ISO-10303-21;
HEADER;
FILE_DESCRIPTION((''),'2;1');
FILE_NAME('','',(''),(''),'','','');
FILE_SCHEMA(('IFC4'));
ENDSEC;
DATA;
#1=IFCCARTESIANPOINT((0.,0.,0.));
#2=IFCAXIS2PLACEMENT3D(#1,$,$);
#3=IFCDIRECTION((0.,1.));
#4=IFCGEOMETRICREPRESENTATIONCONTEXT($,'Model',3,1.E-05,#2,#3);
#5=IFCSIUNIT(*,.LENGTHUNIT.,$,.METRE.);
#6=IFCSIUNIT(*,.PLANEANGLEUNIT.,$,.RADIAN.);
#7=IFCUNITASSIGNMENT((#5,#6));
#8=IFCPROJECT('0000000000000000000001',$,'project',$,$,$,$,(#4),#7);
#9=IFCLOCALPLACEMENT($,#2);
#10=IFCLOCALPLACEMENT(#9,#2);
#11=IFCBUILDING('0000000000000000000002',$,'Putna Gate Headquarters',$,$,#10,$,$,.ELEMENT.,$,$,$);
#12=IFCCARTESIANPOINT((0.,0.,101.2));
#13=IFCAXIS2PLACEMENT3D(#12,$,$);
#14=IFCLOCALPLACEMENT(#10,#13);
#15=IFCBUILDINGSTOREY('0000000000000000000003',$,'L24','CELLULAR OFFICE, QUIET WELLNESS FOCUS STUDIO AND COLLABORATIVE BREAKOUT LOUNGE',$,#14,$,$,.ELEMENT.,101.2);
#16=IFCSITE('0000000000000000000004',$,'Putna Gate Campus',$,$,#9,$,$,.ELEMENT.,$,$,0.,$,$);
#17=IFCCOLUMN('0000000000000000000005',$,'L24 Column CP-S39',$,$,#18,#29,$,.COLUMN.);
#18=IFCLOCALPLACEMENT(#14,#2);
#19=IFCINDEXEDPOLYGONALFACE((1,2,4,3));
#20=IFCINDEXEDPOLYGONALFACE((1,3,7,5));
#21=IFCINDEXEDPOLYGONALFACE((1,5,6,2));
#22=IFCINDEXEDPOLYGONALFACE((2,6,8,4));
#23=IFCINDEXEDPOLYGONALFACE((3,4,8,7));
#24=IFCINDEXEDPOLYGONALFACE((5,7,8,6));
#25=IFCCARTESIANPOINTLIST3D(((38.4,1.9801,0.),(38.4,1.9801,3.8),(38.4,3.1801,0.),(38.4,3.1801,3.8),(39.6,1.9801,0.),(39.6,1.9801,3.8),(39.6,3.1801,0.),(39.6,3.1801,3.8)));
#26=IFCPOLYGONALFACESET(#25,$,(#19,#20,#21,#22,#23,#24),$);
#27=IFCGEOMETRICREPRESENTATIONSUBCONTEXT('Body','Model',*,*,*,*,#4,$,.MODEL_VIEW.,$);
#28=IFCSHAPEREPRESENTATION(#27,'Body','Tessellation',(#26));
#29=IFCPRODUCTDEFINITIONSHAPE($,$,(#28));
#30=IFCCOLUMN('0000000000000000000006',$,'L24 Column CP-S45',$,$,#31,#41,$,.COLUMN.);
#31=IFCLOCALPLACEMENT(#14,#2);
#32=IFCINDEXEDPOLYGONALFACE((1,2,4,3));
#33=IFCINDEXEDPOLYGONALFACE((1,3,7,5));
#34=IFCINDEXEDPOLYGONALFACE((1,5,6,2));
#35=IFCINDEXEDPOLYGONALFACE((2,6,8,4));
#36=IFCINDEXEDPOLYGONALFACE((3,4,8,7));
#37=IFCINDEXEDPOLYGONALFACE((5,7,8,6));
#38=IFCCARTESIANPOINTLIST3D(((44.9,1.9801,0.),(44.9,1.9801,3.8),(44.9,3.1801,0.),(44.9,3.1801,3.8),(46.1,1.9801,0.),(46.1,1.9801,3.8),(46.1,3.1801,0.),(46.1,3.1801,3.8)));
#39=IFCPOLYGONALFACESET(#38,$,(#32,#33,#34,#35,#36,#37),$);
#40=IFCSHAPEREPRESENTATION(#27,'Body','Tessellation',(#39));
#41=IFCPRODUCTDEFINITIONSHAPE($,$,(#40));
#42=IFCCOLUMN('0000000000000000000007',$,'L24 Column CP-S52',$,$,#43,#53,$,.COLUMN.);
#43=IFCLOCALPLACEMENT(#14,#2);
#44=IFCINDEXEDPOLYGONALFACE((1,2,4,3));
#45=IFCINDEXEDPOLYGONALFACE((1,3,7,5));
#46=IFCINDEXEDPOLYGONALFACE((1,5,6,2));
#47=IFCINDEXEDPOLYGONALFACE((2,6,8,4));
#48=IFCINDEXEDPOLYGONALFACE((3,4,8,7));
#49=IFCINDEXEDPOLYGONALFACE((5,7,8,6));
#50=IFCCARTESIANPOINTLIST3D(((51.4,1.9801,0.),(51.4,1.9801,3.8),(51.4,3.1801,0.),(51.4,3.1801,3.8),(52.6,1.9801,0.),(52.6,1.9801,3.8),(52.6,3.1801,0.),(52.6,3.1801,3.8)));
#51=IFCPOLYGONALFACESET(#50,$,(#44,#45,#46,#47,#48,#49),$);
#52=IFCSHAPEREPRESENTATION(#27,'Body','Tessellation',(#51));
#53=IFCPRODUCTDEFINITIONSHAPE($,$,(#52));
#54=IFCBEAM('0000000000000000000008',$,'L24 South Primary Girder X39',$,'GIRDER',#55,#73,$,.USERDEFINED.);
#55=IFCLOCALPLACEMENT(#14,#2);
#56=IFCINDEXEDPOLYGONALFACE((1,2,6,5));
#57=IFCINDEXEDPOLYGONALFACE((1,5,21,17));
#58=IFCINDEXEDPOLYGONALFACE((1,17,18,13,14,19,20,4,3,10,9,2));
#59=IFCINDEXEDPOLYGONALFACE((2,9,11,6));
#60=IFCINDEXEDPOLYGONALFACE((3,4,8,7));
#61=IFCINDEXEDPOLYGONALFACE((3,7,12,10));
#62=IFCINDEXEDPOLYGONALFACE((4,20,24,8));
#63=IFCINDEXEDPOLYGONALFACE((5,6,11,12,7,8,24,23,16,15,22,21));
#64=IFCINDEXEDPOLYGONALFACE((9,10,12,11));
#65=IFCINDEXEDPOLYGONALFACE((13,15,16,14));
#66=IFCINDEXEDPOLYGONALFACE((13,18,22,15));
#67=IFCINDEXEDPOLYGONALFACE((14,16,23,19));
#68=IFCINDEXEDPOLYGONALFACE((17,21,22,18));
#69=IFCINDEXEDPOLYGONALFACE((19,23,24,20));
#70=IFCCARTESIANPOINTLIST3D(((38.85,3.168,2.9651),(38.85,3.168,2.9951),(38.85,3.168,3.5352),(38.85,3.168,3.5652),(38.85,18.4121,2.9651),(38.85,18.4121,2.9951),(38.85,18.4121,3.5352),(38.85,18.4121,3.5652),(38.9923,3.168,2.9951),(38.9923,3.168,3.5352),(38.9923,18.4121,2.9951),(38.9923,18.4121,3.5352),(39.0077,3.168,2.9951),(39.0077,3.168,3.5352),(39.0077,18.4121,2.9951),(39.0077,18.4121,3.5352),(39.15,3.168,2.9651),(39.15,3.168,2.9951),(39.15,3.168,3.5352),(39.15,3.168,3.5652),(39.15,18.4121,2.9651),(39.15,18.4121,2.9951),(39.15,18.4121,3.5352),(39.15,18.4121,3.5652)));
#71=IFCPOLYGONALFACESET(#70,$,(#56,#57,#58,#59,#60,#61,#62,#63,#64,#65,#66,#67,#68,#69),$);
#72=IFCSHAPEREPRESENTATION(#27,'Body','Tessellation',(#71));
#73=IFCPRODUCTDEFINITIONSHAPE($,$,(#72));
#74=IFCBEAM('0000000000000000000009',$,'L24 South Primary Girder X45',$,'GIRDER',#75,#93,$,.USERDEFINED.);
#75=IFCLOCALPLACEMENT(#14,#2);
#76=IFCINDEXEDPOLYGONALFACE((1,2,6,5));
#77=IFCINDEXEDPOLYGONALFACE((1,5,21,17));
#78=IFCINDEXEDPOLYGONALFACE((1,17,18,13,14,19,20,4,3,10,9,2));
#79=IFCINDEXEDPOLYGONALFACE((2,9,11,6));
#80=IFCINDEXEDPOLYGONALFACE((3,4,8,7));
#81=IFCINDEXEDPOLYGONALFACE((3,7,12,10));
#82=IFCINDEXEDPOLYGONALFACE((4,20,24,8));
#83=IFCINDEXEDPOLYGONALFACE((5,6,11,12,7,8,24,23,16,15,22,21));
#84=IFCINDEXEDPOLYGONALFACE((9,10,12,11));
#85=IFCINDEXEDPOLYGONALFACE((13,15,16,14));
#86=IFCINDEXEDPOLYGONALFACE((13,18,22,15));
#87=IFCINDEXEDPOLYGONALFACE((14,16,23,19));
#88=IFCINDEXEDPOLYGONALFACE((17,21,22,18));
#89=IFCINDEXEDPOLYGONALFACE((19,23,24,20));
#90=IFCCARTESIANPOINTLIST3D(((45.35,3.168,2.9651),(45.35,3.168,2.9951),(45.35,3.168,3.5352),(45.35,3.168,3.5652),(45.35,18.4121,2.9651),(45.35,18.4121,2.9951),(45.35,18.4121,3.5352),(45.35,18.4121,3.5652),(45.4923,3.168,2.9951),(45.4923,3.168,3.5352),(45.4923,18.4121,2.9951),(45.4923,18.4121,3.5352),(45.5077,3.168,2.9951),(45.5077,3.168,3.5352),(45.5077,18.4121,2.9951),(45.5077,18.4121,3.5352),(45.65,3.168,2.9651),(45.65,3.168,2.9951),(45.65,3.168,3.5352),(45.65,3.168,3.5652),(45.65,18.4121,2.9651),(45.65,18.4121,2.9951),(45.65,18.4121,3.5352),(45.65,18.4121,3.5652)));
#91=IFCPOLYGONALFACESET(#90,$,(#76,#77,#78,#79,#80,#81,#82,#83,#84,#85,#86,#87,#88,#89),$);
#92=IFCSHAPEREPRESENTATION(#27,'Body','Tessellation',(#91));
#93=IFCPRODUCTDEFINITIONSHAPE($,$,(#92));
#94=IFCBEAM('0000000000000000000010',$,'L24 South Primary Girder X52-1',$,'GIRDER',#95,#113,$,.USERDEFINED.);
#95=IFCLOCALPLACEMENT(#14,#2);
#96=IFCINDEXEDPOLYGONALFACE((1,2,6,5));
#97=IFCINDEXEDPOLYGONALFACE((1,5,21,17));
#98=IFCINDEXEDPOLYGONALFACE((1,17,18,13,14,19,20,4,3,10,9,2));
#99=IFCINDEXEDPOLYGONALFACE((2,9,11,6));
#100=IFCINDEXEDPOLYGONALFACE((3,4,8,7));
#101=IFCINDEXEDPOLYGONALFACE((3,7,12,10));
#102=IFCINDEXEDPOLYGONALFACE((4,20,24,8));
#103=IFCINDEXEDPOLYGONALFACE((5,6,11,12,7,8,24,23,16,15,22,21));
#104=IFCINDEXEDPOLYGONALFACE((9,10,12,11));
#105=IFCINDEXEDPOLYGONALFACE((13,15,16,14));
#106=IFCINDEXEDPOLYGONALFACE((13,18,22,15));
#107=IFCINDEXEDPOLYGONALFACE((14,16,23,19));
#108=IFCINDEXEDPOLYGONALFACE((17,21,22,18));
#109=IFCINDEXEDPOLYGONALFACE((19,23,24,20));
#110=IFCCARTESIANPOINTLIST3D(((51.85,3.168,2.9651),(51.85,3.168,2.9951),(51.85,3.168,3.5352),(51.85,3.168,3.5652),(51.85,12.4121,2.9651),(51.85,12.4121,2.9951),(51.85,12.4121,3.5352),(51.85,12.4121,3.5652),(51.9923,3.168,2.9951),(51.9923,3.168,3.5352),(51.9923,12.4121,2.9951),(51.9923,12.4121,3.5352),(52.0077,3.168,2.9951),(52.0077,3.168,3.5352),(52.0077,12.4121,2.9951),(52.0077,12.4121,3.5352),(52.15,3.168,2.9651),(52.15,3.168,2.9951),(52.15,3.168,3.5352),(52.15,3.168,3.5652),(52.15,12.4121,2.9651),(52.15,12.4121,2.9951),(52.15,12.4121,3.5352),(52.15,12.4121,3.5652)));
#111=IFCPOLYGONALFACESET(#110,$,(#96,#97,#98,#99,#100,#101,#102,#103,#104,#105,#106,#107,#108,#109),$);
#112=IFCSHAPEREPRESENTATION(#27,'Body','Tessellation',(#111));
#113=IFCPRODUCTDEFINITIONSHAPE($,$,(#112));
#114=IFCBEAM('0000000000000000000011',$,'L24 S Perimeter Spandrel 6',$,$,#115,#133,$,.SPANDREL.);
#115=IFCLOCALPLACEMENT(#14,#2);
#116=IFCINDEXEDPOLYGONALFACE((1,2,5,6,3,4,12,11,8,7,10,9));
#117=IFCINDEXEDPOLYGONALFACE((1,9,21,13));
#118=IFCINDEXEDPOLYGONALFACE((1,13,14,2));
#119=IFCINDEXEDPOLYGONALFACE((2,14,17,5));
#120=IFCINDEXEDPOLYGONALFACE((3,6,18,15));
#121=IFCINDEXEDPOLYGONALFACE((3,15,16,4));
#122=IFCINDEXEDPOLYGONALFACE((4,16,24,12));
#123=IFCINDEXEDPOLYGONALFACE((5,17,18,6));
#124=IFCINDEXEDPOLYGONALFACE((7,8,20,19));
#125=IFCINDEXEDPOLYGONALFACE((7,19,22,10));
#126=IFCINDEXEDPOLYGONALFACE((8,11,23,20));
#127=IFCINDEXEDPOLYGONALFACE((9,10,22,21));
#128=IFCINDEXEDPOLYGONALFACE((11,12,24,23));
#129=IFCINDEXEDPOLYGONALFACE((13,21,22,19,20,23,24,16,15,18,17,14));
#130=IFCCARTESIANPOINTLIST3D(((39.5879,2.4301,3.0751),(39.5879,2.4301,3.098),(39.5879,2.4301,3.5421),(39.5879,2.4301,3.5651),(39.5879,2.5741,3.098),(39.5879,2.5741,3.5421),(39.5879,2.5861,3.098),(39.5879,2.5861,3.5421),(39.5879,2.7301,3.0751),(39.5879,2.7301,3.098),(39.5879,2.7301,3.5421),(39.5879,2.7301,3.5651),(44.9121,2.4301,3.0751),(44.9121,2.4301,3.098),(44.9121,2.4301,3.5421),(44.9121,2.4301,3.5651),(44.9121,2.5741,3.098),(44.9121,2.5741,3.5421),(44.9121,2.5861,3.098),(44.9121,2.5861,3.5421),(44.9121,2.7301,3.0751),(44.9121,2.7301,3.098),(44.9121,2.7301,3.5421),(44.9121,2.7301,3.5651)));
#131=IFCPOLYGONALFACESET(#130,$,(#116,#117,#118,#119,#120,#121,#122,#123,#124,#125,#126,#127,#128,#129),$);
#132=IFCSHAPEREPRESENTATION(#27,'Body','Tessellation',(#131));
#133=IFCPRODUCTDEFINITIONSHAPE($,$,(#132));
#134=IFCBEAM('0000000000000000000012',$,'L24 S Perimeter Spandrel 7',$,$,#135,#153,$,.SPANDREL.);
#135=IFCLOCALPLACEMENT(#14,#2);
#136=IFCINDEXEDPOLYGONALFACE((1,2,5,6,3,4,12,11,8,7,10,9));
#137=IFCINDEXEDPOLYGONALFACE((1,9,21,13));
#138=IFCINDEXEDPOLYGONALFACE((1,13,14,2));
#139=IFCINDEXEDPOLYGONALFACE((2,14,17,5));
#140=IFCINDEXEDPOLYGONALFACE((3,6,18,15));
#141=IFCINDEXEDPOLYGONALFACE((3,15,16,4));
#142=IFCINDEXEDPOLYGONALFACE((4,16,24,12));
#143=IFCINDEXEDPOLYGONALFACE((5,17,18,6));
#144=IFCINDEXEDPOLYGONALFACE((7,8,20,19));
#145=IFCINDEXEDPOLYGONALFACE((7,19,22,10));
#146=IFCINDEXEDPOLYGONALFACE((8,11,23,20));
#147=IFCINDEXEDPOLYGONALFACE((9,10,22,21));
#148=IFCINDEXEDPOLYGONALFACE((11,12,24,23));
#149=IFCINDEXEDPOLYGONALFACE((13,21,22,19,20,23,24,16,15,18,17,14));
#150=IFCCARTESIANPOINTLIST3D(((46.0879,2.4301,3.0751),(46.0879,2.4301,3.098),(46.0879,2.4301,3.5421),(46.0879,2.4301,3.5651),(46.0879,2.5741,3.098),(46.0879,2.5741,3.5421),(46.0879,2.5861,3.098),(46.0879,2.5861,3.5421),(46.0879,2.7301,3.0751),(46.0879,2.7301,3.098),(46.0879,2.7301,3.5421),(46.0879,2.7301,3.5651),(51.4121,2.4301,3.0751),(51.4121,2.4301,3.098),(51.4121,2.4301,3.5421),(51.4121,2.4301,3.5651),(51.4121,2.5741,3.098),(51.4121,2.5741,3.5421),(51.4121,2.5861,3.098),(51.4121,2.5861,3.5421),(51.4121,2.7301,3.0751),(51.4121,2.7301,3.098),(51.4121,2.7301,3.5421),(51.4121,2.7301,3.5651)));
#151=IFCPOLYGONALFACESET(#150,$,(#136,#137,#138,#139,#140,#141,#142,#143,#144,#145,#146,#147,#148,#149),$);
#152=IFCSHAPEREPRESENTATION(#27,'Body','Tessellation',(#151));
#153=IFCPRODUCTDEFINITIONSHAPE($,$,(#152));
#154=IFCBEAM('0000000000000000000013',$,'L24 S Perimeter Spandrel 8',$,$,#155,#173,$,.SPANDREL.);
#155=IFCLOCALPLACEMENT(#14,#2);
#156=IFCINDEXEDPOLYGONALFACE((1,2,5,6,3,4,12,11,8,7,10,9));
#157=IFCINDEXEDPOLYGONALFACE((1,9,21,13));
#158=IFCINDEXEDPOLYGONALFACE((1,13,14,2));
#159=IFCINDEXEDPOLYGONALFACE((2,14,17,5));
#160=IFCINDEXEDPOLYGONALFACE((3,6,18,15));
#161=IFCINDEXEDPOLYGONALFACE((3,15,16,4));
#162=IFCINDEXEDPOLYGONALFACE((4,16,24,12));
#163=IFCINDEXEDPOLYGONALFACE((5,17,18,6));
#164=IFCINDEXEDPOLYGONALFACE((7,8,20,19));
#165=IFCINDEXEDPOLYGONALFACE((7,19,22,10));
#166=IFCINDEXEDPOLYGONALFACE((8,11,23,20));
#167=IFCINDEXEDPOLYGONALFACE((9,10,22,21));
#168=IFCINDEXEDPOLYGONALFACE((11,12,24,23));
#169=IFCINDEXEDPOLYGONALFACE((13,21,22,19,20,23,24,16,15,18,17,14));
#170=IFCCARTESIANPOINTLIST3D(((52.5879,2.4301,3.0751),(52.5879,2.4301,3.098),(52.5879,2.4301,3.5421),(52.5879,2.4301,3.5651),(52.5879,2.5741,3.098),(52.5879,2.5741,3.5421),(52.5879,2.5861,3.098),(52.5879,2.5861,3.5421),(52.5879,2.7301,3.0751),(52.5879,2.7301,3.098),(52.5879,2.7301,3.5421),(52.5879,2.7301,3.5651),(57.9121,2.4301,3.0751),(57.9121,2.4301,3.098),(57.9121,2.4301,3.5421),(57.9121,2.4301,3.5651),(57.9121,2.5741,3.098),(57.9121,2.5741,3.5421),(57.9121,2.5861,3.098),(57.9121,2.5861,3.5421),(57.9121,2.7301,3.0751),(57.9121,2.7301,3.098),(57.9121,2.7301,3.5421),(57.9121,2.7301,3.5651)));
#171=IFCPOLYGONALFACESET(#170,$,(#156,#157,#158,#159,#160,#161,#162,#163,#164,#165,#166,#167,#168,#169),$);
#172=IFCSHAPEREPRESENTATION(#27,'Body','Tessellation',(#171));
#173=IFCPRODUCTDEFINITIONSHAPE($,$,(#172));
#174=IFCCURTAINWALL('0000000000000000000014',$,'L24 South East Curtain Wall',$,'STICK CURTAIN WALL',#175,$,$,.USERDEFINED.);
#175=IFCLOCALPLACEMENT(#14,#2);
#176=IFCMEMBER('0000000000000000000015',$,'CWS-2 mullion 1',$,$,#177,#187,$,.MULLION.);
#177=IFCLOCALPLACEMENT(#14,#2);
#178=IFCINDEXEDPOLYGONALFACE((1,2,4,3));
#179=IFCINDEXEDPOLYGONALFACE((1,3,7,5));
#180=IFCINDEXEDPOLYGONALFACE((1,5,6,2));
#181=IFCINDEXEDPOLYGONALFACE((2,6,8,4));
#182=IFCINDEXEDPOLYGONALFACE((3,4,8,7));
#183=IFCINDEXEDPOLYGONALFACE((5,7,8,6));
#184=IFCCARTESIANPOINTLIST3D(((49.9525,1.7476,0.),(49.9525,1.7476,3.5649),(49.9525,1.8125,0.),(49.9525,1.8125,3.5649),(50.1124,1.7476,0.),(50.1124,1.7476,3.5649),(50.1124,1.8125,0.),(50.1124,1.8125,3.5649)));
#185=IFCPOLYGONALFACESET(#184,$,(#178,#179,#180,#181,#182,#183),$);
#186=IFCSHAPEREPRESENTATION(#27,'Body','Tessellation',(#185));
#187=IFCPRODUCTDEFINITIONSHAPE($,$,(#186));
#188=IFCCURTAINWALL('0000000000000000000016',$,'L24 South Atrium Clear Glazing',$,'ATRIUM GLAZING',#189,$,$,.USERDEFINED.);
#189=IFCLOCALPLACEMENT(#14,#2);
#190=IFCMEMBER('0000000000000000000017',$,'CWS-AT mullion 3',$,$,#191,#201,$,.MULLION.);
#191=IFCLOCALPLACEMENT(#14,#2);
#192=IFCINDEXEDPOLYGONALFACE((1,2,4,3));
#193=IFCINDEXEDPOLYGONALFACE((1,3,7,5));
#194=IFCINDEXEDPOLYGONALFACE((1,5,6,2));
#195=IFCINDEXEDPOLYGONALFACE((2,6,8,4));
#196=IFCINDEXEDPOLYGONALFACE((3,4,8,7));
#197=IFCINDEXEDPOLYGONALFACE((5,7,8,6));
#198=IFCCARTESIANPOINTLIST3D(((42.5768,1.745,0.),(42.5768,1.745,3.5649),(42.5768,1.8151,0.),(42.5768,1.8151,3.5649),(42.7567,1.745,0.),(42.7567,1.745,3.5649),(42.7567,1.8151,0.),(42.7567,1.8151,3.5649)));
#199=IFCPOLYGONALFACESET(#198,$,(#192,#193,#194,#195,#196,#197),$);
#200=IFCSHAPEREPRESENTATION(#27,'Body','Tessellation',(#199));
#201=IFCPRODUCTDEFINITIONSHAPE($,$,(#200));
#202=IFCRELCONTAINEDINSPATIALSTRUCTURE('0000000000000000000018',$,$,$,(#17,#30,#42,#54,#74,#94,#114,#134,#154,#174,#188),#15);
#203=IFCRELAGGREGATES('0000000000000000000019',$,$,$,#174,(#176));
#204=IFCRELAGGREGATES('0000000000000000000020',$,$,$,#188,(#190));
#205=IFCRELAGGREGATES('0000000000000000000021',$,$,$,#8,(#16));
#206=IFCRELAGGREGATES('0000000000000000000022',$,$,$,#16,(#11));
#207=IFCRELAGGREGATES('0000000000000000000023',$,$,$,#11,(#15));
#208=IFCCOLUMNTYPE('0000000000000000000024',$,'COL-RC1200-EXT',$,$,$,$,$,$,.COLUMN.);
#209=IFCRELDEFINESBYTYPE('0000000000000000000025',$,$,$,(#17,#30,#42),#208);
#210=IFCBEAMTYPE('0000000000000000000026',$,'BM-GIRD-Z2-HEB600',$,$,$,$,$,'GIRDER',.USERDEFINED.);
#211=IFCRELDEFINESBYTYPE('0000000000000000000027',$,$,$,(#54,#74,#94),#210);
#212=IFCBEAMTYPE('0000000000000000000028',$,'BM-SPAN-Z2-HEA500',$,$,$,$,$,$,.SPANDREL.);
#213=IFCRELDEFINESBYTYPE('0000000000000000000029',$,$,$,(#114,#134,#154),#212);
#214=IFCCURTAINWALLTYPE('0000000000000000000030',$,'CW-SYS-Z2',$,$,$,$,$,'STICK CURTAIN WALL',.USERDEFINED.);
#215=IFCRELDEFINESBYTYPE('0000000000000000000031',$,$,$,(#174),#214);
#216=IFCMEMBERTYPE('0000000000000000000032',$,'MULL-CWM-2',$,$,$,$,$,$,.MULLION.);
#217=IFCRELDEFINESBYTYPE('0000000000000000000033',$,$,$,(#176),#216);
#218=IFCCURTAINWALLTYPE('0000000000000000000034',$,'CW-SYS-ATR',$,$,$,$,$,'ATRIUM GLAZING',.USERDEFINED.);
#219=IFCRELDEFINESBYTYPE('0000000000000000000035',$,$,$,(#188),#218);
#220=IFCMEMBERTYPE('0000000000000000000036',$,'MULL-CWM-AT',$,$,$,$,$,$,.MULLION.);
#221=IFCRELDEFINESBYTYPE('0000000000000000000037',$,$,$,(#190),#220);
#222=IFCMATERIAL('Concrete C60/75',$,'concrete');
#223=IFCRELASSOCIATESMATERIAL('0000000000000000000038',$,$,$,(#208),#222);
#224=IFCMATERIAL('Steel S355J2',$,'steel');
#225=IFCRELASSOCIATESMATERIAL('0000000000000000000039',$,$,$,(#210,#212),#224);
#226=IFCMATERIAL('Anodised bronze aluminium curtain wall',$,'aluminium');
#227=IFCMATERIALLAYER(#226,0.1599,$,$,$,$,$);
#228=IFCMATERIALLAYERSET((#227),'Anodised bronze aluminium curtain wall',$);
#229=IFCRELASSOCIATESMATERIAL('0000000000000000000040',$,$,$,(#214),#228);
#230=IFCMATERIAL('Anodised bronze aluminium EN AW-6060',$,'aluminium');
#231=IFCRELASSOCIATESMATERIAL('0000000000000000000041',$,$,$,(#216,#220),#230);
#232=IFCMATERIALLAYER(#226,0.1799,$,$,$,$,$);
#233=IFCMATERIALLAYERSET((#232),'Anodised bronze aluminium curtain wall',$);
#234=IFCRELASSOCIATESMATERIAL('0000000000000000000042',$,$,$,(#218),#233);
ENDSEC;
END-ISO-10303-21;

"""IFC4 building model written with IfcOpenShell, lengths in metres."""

from ifc_helpers import new_model, si_unit, direction, frame, origin, origin_2d, place, context, subcontext, project, spatial, rectangle, i_section, extrude, material, layer, layer_set, material_profile, profile_set, type_object, element, aggregate, save


model = new_model("IFC4")

# Units and contexts
model_context = context("Model", 3, precision=1e-05, world=origin(), true_north=direction((0.0, 1.0)))
body_context = subcontext(model_context, "Body", "Model", "MODEL_VIEW")
ifc_project = project(units=[si_unit("LENGTHUNIT", "METRE"), si_unit("PLANEANGLEUNIT", "RADIAN")], contexts=[model_context])

# Site, building, storey
site_placement = place(None, origin())
site = spatial("IfcSite", under=ifc_project, at=site_placement, Name="Putna Gate Campus", CompositionType="ELEMENT", RefElevation=0.0)
building_placement = place(site_placement, origin())
building = spatial("IfcBuilding", under=site, at=building_placement, Name="Putna Gate Headquarters", CompositionType="ELEMENT")
storey_placement = place(building_placement, frame((0.0, 0.0, 101.2)))
storey = spatial("IfcBuildingStorey", under=building, at=storey_placement, Name="L24", Description="CELLULAR OFFICE, QUIET WELLNESS FOCUS STUDIO AND COLLABORATIVE BREAKOUT LOUNGE", CompositionType="ELEMENT", Elevation=101.2)

# Columns
ifc_material_1 = material(Name="Concrete C60/75", Category="concrete")
ifc_material_profile_1 = material_profile(ifc_material_1, rectangle(XDim=1.2, YDim=1.2, at=origin_2d()), Name="Concrete C60/75")
ifc_profile_set_1 = profile_set([ifc_material_profile_1], Name="Concrete C60/75")
column_type = type_object("IfcColumnType", Name="COL-RC1200-EXT", PredefinedType="COLUMN", material=ifc_profile_set_1)
for number, where, z_axis, x_axis, name in (
    (1, (39.0, 2.5801, 0.0), (0.0, 0.0, 1.0), (1.0, 0.0, 0.0), "L24 Column CP-S39"),
    (2, (45.5, 2.5801, 0.0), (0.0, 0.0, 1.0), (1.0, 0.0, 0.0), "L24 Column CP-S45"),
    (3, (52.0, 2.5801, 0.0), (0.0, 0.0, 1.0), (1.0, 0.0, 0.0), "L24 Column CP-S52"),
):
    element("IfcColumn", number, at=place(storey_placement, frame(where, z_axis=z_axis, x_axis=x_axis)), inside=storey, type_object=column_type, Name=name, PredefinedType="COLUMN", context=body_context, shape_type="SweptSolid", body=[
        extrude(rectangle(XDim=1.2, YDim=1.2, at=origin_2d()), origin(), (0.0, 0.0, 1.0), 3.8),
    ])

# Beams
ifc_material_2 = material(Name="Steel S355J2", Category="steel")
ifc_material_profile_2 = material_profile(ifc_material_2, i_section(OverallWidth=0.3, OverallDepth=0.6001, WebThickness=0.0154, FlangeThickness=0.03, at=origin_2d()), Name="Steel S355J2")
ifc_profile_set_2 = profile_set([ifc_material_profile_2], Name="Steel S355J2")
beam_type_1 = type_object("IfcBeamType", Name="BM-GIRD-Z2-HEB600", ElementType="GIRDER", PredefinedType="USERDEFINED", material=ifc_profile_set_2)
for number, where, z_axis, x_axis, name in (
    (4, (39.0, 3.168, 3.2651), (0.0, 1.0, 0.0), (-1.0, 0.0, 0.0), "L24 South Primary Girder X39"),
    (5, (45.5, 3.168, 3.2651), (0.0, 1.0, 0.0), (-1.0, 0.0, 0.0), "L24 South Primary Girder X45"),
):
    element("IfcBeam", number, at=place(storey_placement, frame(where, z_axis=z_axis, x_axis=x_axis)), inside=storey, type_object=beam_type_1, Name=name, ObjectType="GIRDER", PredefinedType="USERDEFINED", context=body_context, shape_type="SweptSolid", body=[
        extrude(i_section(OverallWidth=0.3, OverallDepth=0.6001, WebThickness=0.0154, FlangeThickness=0.03, at=origin_2d()), origin(), (0.0, 0.0, 1.0), 15.2441),
    ])
beam_placement = place(storey_placement, frame((52.0, 3.168, 3.2651), z_axis=(0.0, 1.0, 0.0), x_axis=(-1.0, 0.0, 0.0)))
element("IfcBeam", 6, at=beam_placement, inside=storey, type_object=beam_type_1, Name="L24 South Primary Girder X52-1", ObjectType="GIRDER", PredefinedType="USERDEFINED", context=body_context, shape_type="SweptSolid", body=[
    extrude(i_section(OverallWidth=0.3, OverallDepth=0.6001, WebThickness=0.0154, FlangeThickness=0.03, at=origin_2d()), origin(), (0.0, 0.0, 1.0), 9.2441),
])
ifc_material_profile_3 = material_profile(ifc_material_2, i_section(OverallWidth=0.3, OverallDepth=0.49, WebThickness=0.012, FlangeThickness=0.0229, at=origin_2d()), Name="Steel S355J2")
ifc_profile_set_3 = profile_set([ifc_material_profile_3], Name="Steel S355J2")
beam_type_2 = type_object("IfcBeamType", Name="BM-SPAN-Z2-HEA500", PredefinedType="SPANDREL", material=ifc_profile_set_3)
for number, where, z_axis, x_axis, name in (
    (7, (39.5879, 2.5801, 3.3201), (1.0, 0.0, 0.0), (0.0, 1.0, 0.0), "L24 S Perimeter Spandrel 6"),
    (8, (46.0879, 2.5801, 3.3201), (1.0, 0.0, 0.0), (0.0, 1.0, 0.0), "L24 S Perimeter Spandrel 7"),
    (9, (52.5879, 2.5801, 3.3201), (1.0, 0.0, 0.0), (0.0, 1.0, 0.0), "L24 S Perimeter Spandrel 8"),
):
    element("IfcBeam", number, at=place(storey_placement, frame(where, z_axis=z_axis, x_axis=x_axis)), inside=storey, type_object=beam_type_2, Name=name, PredefinedType="SPANDREL", context=body_context, shape_type="SweptSolid", body=[
        extrude(i_section(OverallWidth=0.3, OverallDepth=0.49, WebThickness=0.012, FlangeThickness=0.0229, at=origin_2d()), origin(), (0.0, 0.0, 1.0), 5.3242),
    ])

# Curtain wall, member
ifc_material_3 = material(Name="Anodised bronze aluminium curtain wall", Category="aluminium")
ifc_layer_1 = layer(ifc_material_3, 0.1599)
ifc_layer_set_1 = layer_set([ifc_layer_1], Name="Anodised bronze aluminium curtain wall")
curtain_wall_type_1 = type_object("IfcCurtainWallType", Name="CW-SYS-Z2", ElementType="STICK CURTAIN WALL", PredefinedType="USERDEFINED", material=ifc_layer_set_1)
curtain_wall_1_placement = place(storey_placement, origin())
curtain_wall_1 = element("IfcCurtainWall", 10, at=curtain_wall_1_placement, inside=storey, type_object=curtain_wall_type_1, Name="L24 South East Curtain Wall", ObjectType="STICK CURTAIN WALL", PredefinedType="USERDEFINED")
ifc_material_4 = material(Name="Anodised bronze aluminium EN AW-6060", Category="aluminium")
ifc_material_profile_4 = material_profile(ifc_material_4, rectangle(XDim=0.0649, YDim=0.1599, at=origin_2d()), Name="Anodised bronze aluminium EN AW-6060")
ifc_profile_set_4 = profile_set([ifc_material_profile_4], Name="Anodised bronze aluminium EN AW-6060")
member_type_1 = type_object("IfcMemberType", Name="MULL-CWM-2", PredefinedType="MULLION", material=ifc_profile_set_4)
member_1_placement = place(storey_placement, frame((50.0325, 1.78, 0.0), z_axis=(0.0, 0.0, 1.0), x_axis=(0.0, 1.0, 0.0)))
member_1 = element("IfcMember", 11, at=member_1_placement, type_object=member_type_1, Name="CWS-2 mullion 1", PredefinedType="MULLION", context=body_context, shape_type="SweptSolid", body=[
    extrude(rectangle(XDim=0.0649, YDim=0.1599, at=origin_2d()), origin(), (0.0, 0.0, 1.0), 3.5649),
])

# Curtain wall, member
ifc_layer_2 = layer(ifc_material_3, 0.1799)
ifc_layer_set_2 = layer_set([ifc_layer_2], Name="Anodised bronze aluminium curtain wall")
curtain_wall_type_2 = type_object("IfcCurtainWallType", Name="CW-SYS-ATR", ElementType="ATRIUM GLAZING", PredefinedType="USERDEFINED", material=ifc_layer_set_2)
curtain_wall_2_placement = place(storey_placement, origin())
curtain_wall_2 = element("IfcCurtainWall", 12, at=curtain_wall_2_placement, inside=storey, type_object=curtain_wall_type_2, Name="L24 South Atrium Clear Glazing", ObjectType="ATRIUM GLAZING", PredefinedType="USERDEFINED")
ifc_material_profile_5 = material_profile(ifc_material_4, rectangle(XDim=0.0701, YDim=0.1799, at=origin_2d()), Name="Anodised bronze aluminium EN AW-6060")
ifc_profile_set_5 = profile_set([ifc_material_profile_5], Name="Anodised bronze aluminium EN AW-6060")
member_type_2 = type_object("IfcMemberType", Name="MULL-CWM-AT", PredefinedType="MULLION", material=ifc_profile_set_5)
member_2_placement = place(storey_placement, frame((42.6667, 1.78, 0.0), z_axis=(0.0, 0.0, 1.0), x_axis=(0.0, 1.0, 0.0)))
member_2 = element("IfcMember", 13, at=member_2_placement, type_object=member_type_2, Name="CWS-AT mullion 3", PredefinedType="MULLION", context=body_context, shape_type="SweptSolid", body=[
    extrude(rectangle(XDim=0.0701, YDim=0.1799, at=origin_2d()), origin(), (0.0, 0.0, 1.0), 3.5649),
])

aggregate(curtain_wall_1, [member_1])
aggregate(curtain_wall_2, [member_2])

save(model, "model.ifc")
